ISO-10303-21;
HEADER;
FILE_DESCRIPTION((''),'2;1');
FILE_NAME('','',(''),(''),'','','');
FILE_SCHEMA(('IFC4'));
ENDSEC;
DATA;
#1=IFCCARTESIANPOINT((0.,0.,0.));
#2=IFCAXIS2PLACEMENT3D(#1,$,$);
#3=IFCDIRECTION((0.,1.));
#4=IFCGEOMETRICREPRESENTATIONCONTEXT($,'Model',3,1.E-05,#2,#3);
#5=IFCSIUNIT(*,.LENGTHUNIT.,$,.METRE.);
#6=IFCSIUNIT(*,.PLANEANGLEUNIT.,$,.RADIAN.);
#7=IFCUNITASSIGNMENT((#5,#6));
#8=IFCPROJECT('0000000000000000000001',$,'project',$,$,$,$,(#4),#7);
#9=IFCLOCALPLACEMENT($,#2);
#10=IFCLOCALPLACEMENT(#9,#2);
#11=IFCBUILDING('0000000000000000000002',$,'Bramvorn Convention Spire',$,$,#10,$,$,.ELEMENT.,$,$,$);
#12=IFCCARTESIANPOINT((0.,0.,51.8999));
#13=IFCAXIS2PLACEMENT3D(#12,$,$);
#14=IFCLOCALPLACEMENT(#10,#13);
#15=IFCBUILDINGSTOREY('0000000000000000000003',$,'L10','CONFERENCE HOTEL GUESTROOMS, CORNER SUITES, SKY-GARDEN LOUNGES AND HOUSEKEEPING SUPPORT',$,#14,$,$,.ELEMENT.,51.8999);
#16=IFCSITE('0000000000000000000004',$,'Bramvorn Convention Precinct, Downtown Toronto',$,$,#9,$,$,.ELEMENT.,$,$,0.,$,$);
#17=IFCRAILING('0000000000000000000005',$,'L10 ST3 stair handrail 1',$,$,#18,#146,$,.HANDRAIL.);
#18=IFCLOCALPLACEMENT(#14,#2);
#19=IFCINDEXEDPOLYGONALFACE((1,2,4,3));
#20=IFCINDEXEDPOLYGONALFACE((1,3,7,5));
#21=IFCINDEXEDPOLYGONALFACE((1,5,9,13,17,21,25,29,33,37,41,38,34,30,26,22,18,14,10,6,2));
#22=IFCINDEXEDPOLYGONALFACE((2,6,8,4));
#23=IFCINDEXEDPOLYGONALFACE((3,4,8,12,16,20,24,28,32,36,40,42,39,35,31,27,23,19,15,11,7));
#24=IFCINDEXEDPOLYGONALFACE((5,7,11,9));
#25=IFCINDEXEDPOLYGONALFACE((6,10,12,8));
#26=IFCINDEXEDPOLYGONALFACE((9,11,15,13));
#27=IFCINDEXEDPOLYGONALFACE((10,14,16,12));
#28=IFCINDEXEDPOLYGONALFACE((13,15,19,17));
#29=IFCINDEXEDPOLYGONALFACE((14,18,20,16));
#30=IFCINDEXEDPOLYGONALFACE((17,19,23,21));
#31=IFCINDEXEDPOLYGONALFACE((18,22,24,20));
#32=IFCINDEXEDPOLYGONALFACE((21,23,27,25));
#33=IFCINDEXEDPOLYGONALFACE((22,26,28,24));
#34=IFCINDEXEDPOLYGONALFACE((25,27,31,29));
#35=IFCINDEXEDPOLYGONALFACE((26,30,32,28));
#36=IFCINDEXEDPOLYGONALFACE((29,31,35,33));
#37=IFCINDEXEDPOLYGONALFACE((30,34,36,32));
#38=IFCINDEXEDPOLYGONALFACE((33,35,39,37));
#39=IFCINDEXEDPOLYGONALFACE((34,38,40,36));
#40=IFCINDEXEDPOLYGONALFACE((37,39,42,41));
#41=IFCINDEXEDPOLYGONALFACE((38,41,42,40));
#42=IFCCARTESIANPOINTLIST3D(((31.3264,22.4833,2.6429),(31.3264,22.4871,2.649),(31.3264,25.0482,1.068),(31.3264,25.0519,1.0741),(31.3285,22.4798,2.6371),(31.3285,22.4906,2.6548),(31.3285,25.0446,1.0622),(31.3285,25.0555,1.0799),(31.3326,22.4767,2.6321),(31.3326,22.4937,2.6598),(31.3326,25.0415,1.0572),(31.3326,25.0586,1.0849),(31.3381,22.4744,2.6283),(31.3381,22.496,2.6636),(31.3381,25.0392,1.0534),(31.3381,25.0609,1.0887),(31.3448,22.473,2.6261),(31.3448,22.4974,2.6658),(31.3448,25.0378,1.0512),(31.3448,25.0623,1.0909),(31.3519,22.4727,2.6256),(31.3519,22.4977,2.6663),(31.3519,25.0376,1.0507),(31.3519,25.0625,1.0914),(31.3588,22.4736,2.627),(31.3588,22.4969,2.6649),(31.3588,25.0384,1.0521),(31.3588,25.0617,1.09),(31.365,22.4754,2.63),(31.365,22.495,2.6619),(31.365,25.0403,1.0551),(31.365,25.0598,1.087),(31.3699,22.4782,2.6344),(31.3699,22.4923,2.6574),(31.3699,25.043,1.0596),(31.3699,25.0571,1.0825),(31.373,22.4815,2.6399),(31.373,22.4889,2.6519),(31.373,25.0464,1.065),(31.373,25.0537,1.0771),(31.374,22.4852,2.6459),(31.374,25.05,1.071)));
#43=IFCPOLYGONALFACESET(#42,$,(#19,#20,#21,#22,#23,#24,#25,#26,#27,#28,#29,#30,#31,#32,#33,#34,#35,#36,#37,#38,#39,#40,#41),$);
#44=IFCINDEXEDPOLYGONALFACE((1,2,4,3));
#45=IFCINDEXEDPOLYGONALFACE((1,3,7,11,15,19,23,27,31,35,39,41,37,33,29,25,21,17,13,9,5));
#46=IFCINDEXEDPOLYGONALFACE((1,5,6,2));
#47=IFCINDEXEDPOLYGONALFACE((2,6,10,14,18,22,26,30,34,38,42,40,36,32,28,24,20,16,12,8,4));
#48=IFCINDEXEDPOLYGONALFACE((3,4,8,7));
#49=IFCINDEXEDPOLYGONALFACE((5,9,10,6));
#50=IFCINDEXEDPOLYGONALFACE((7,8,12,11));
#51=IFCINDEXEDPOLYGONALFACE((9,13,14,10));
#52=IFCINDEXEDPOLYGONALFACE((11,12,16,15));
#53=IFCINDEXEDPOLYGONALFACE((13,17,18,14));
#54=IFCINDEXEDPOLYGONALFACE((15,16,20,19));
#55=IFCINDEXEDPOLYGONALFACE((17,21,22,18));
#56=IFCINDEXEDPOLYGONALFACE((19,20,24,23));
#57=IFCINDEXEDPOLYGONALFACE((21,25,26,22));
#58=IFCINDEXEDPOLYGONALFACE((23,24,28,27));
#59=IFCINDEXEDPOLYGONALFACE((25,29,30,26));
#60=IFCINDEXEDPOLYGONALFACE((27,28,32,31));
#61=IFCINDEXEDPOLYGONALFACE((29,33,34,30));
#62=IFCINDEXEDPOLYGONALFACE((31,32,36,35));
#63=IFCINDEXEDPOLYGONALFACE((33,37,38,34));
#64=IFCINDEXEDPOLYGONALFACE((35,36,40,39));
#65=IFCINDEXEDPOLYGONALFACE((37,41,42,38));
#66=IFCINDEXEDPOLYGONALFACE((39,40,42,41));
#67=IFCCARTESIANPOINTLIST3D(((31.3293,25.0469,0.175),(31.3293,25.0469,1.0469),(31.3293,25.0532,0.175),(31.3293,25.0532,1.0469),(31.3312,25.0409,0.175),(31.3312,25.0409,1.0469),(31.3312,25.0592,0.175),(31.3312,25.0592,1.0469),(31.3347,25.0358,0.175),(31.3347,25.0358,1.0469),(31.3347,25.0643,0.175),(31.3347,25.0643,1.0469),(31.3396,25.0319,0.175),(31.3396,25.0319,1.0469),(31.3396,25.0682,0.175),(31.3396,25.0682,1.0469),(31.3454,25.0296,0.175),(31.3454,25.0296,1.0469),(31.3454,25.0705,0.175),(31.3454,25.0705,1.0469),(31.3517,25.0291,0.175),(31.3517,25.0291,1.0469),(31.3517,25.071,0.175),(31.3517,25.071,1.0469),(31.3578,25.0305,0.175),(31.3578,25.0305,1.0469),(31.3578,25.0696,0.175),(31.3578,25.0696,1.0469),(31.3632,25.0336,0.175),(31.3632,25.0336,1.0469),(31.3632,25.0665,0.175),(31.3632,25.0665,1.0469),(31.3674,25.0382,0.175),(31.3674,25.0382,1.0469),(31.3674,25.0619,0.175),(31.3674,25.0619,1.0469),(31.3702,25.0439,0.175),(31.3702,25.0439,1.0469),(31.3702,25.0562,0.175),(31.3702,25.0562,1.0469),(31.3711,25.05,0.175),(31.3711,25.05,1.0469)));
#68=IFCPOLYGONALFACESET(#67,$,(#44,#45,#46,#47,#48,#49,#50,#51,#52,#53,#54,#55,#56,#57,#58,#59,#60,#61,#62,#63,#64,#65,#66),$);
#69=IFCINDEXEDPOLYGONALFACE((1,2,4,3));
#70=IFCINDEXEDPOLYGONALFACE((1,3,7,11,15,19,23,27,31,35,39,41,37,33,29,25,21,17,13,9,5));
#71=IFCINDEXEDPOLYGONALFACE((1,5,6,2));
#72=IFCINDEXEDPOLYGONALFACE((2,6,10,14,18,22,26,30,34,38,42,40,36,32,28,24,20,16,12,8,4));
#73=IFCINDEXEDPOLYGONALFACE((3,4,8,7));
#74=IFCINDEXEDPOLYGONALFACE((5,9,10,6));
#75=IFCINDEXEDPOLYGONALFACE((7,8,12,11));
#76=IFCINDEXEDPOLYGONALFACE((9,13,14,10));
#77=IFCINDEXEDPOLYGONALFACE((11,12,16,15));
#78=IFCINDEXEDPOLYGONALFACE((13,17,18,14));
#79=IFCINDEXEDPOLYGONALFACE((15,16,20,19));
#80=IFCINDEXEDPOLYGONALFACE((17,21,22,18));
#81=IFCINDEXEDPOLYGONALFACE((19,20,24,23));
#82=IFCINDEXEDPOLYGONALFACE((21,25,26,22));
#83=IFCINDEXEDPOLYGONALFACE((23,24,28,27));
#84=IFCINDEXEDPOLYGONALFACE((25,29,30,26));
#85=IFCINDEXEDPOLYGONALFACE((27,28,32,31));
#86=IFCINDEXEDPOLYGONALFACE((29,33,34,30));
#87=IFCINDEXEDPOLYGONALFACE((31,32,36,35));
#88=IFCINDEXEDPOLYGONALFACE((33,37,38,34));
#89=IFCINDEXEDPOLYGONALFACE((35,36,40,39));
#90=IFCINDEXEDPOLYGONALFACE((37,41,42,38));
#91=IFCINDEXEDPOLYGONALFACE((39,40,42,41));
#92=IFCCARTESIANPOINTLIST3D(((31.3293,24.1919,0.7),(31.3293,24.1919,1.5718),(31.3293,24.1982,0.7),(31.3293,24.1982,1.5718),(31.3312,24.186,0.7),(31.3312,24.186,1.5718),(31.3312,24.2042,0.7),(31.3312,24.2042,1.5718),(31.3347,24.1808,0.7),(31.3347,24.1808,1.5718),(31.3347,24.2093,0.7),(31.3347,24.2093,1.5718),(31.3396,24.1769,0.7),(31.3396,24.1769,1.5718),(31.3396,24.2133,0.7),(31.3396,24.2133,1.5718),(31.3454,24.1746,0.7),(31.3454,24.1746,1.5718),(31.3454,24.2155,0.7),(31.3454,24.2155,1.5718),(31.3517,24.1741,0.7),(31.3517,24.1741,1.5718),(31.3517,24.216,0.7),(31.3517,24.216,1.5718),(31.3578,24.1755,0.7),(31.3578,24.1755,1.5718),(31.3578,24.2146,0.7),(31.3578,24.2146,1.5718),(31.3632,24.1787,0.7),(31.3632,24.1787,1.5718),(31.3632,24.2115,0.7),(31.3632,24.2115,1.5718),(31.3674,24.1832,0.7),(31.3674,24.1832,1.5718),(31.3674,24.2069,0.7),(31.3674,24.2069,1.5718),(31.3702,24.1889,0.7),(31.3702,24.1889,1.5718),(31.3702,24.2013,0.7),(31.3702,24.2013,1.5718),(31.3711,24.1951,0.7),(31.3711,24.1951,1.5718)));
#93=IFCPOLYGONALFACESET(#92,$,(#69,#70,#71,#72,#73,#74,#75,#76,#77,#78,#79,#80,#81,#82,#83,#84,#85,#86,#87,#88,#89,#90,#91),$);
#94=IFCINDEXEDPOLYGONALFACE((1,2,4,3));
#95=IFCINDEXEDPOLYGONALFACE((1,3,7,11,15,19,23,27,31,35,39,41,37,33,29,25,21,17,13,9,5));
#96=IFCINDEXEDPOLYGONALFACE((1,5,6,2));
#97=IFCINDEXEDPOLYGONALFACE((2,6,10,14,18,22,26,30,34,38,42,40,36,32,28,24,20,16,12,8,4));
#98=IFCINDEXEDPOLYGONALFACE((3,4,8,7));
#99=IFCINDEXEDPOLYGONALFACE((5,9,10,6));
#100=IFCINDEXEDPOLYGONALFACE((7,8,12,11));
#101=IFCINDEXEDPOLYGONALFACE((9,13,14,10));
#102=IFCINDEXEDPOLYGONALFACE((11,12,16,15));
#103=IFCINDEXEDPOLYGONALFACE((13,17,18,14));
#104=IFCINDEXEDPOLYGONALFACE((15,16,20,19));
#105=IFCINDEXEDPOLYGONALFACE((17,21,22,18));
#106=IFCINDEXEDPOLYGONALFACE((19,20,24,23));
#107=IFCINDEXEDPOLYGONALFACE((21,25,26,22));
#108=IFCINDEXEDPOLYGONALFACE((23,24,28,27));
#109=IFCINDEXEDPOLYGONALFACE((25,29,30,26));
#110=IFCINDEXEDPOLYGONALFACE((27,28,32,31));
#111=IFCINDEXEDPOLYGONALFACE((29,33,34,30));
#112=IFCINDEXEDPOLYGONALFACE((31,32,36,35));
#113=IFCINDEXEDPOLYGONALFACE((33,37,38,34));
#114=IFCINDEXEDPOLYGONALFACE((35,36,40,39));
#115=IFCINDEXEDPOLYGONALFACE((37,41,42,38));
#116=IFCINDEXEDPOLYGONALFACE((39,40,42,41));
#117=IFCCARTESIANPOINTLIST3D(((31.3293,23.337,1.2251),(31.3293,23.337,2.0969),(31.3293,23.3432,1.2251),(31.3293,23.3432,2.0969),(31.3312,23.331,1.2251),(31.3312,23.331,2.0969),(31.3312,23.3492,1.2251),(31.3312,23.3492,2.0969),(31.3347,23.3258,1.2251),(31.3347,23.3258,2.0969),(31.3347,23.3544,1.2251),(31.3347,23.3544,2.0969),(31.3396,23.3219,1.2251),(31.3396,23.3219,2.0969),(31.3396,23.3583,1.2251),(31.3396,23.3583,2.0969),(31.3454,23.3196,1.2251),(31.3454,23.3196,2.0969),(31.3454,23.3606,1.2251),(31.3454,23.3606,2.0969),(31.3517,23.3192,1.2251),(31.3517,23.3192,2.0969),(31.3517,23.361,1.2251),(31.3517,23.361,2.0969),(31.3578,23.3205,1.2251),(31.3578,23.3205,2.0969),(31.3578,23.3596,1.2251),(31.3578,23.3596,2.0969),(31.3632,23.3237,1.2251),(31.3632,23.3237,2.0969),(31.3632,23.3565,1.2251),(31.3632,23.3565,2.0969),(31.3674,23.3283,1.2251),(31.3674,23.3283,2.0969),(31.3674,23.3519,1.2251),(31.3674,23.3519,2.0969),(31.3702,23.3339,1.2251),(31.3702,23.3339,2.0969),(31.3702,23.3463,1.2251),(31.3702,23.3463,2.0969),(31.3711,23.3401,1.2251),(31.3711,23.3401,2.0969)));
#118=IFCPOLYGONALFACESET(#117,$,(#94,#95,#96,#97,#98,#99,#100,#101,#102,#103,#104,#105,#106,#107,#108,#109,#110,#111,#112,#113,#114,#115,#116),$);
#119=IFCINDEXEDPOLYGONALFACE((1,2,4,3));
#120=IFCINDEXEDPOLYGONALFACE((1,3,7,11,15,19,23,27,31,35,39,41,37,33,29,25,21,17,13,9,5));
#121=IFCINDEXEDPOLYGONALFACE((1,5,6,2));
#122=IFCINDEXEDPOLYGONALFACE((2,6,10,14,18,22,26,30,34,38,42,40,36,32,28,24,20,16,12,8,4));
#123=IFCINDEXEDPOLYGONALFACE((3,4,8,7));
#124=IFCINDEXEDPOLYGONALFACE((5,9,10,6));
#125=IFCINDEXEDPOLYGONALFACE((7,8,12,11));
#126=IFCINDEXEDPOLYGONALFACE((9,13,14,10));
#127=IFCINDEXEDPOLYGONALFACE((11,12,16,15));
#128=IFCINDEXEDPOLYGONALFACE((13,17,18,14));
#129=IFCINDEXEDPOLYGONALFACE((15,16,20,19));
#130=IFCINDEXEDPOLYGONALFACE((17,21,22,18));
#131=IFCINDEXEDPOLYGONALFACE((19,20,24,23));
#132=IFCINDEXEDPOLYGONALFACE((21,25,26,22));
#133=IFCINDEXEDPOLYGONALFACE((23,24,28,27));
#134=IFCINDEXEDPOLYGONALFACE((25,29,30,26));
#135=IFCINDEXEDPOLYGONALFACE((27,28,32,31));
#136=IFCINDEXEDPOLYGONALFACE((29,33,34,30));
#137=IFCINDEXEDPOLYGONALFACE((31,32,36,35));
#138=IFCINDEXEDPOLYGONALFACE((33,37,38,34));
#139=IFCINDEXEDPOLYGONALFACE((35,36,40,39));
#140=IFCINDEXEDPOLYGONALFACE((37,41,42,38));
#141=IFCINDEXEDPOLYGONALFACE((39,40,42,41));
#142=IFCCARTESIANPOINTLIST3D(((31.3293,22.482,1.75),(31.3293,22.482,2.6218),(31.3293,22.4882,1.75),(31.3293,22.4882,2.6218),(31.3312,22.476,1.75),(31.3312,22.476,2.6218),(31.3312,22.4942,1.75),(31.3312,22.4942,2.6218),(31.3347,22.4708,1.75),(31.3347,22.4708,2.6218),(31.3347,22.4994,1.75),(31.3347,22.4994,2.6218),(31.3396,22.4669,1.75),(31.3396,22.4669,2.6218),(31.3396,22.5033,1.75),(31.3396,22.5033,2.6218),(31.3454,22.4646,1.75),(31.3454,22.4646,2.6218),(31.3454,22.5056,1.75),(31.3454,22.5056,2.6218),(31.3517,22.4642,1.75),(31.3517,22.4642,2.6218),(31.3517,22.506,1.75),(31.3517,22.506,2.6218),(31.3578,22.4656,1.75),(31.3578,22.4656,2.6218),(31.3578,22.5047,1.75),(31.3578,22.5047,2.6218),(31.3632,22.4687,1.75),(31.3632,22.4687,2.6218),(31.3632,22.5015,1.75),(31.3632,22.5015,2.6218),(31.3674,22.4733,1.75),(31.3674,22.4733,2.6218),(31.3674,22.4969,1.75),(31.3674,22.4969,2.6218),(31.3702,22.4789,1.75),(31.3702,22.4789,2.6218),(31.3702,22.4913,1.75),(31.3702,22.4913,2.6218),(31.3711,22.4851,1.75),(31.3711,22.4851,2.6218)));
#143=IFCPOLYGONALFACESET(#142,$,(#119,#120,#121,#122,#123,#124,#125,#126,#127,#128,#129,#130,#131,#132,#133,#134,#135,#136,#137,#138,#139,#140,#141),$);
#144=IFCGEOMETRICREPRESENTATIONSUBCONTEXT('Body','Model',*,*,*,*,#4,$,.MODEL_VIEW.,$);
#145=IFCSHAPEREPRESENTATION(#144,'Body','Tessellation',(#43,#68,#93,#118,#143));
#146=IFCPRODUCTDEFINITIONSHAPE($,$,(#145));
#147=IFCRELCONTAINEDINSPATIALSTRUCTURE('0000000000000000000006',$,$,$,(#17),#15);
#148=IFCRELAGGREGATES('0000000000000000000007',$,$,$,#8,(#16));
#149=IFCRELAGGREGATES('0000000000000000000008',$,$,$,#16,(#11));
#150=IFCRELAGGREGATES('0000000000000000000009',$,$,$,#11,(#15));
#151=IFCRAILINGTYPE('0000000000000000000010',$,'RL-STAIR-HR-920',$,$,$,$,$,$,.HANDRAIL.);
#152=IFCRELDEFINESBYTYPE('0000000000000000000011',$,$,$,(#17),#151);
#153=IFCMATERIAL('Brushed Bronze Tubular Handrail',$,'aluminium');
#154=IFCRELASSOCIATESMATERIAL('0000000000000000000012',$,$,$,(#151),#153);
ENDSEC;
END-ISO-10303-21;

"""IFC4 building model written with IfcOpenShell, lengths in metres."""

from ifc_helpers import new_model, si_unit, direction, frame, origin, origin_2d, place, context, subcontext, project, spatial, circle, extrude, material, type_object, element, save


model = new_model("IFC4")

# Units and contexts
model_context = context("Model", 3, precision=1e-05, world=origin(), true_north=direction((0.0, 1.0)))
body_context = subcontext(model_context, "Body", "Model", "MODEL_VIEW")
ifc_project = project(units=[si_unit("LENGTHUNIT", "METRE"), si_unit("PLANEANGLEUNIT", "RADIAN")], contexts=[model_context])

# Site, building, storey
site_placement = place(None, origin())
site = spatial("IfcSite", under=ifc_project, at=site_placement, Name="Bramvorn Convention Precinct, Downtown Toronto", CompositionType="ELEMENT", RefElevation=0.0)
building_placement = place(site_placement, origin())
building = spatial("IfcBuilding", under=site, at=building_placement, Name="Bramvorn Convention Spire", CompositionType="ELEMENT")
storey_placement = place(building_placement, frame((0.0, 0.0, 51.8999)))
storey = spatial("IfcBuildingStorey", under=building, at=storey_placement, Name="L10", Description="CONFERENCE HOTEL GUESTROOMS, CORNER SUITES, SKY-GARDEN LOUNGES AND HOUSEKEEPING SUPPORT", CompositionType="ELEMENT", Elevation=51.8999)

# Railing
ifc_material_1 = material(Name="Brushed Bronze Tubular Handrail", Category="aluminium")
railing_type_1 = type_object("IfcRailingType", Name="RL-STAIR-HR-920", PredefinedType="HANDRAIL", material=ifc_material_1)
railing_1_placement = place(storey_placement, frame((31.3501, 25.05, 0.175)))
element("IfcRailing", 1, at=railing_1_placement, inside=storey, type_object=railing_type_1, Name="L10 ST3 stair handrail 1", PredefinedType="HANDRAIL", context=body_context, shape_type="SweptSolid", body=[
    extrude(circle(Radius=0.0239, at=origin_2d()), frame((0.0, 0.0, 0.896), z_axis=(0.0, -0.852173, 0.52326), x_axis=(1.0, 0.0, 0.0)), (0.0, 0.0, 1.0), 3.0098),
    extrude(circle(Radius=0.021, at=origin_2d()), origin(), (0.0, 0.0, 1.0), 0.8718),
    extrude(circle(Radius=0.021, at=origin_2d()), frame((0.0, -0.855, 0.5249)), (0.0, 0.0, 1.0), 0.8718),
    extrude(circle(Radius=0.021, at=origin_2d()), frame((0.0, -1.71, 1.05)), (0.0, 0.0, 1.0), 0.8718),
    extrude(circle(Radius=0.021, at=origin_2d()), frame((0.0, -2.5649, 1.575)), (0.0, 0.0, 1.0), 0.8718),
])

save(model, "model.ifc")
